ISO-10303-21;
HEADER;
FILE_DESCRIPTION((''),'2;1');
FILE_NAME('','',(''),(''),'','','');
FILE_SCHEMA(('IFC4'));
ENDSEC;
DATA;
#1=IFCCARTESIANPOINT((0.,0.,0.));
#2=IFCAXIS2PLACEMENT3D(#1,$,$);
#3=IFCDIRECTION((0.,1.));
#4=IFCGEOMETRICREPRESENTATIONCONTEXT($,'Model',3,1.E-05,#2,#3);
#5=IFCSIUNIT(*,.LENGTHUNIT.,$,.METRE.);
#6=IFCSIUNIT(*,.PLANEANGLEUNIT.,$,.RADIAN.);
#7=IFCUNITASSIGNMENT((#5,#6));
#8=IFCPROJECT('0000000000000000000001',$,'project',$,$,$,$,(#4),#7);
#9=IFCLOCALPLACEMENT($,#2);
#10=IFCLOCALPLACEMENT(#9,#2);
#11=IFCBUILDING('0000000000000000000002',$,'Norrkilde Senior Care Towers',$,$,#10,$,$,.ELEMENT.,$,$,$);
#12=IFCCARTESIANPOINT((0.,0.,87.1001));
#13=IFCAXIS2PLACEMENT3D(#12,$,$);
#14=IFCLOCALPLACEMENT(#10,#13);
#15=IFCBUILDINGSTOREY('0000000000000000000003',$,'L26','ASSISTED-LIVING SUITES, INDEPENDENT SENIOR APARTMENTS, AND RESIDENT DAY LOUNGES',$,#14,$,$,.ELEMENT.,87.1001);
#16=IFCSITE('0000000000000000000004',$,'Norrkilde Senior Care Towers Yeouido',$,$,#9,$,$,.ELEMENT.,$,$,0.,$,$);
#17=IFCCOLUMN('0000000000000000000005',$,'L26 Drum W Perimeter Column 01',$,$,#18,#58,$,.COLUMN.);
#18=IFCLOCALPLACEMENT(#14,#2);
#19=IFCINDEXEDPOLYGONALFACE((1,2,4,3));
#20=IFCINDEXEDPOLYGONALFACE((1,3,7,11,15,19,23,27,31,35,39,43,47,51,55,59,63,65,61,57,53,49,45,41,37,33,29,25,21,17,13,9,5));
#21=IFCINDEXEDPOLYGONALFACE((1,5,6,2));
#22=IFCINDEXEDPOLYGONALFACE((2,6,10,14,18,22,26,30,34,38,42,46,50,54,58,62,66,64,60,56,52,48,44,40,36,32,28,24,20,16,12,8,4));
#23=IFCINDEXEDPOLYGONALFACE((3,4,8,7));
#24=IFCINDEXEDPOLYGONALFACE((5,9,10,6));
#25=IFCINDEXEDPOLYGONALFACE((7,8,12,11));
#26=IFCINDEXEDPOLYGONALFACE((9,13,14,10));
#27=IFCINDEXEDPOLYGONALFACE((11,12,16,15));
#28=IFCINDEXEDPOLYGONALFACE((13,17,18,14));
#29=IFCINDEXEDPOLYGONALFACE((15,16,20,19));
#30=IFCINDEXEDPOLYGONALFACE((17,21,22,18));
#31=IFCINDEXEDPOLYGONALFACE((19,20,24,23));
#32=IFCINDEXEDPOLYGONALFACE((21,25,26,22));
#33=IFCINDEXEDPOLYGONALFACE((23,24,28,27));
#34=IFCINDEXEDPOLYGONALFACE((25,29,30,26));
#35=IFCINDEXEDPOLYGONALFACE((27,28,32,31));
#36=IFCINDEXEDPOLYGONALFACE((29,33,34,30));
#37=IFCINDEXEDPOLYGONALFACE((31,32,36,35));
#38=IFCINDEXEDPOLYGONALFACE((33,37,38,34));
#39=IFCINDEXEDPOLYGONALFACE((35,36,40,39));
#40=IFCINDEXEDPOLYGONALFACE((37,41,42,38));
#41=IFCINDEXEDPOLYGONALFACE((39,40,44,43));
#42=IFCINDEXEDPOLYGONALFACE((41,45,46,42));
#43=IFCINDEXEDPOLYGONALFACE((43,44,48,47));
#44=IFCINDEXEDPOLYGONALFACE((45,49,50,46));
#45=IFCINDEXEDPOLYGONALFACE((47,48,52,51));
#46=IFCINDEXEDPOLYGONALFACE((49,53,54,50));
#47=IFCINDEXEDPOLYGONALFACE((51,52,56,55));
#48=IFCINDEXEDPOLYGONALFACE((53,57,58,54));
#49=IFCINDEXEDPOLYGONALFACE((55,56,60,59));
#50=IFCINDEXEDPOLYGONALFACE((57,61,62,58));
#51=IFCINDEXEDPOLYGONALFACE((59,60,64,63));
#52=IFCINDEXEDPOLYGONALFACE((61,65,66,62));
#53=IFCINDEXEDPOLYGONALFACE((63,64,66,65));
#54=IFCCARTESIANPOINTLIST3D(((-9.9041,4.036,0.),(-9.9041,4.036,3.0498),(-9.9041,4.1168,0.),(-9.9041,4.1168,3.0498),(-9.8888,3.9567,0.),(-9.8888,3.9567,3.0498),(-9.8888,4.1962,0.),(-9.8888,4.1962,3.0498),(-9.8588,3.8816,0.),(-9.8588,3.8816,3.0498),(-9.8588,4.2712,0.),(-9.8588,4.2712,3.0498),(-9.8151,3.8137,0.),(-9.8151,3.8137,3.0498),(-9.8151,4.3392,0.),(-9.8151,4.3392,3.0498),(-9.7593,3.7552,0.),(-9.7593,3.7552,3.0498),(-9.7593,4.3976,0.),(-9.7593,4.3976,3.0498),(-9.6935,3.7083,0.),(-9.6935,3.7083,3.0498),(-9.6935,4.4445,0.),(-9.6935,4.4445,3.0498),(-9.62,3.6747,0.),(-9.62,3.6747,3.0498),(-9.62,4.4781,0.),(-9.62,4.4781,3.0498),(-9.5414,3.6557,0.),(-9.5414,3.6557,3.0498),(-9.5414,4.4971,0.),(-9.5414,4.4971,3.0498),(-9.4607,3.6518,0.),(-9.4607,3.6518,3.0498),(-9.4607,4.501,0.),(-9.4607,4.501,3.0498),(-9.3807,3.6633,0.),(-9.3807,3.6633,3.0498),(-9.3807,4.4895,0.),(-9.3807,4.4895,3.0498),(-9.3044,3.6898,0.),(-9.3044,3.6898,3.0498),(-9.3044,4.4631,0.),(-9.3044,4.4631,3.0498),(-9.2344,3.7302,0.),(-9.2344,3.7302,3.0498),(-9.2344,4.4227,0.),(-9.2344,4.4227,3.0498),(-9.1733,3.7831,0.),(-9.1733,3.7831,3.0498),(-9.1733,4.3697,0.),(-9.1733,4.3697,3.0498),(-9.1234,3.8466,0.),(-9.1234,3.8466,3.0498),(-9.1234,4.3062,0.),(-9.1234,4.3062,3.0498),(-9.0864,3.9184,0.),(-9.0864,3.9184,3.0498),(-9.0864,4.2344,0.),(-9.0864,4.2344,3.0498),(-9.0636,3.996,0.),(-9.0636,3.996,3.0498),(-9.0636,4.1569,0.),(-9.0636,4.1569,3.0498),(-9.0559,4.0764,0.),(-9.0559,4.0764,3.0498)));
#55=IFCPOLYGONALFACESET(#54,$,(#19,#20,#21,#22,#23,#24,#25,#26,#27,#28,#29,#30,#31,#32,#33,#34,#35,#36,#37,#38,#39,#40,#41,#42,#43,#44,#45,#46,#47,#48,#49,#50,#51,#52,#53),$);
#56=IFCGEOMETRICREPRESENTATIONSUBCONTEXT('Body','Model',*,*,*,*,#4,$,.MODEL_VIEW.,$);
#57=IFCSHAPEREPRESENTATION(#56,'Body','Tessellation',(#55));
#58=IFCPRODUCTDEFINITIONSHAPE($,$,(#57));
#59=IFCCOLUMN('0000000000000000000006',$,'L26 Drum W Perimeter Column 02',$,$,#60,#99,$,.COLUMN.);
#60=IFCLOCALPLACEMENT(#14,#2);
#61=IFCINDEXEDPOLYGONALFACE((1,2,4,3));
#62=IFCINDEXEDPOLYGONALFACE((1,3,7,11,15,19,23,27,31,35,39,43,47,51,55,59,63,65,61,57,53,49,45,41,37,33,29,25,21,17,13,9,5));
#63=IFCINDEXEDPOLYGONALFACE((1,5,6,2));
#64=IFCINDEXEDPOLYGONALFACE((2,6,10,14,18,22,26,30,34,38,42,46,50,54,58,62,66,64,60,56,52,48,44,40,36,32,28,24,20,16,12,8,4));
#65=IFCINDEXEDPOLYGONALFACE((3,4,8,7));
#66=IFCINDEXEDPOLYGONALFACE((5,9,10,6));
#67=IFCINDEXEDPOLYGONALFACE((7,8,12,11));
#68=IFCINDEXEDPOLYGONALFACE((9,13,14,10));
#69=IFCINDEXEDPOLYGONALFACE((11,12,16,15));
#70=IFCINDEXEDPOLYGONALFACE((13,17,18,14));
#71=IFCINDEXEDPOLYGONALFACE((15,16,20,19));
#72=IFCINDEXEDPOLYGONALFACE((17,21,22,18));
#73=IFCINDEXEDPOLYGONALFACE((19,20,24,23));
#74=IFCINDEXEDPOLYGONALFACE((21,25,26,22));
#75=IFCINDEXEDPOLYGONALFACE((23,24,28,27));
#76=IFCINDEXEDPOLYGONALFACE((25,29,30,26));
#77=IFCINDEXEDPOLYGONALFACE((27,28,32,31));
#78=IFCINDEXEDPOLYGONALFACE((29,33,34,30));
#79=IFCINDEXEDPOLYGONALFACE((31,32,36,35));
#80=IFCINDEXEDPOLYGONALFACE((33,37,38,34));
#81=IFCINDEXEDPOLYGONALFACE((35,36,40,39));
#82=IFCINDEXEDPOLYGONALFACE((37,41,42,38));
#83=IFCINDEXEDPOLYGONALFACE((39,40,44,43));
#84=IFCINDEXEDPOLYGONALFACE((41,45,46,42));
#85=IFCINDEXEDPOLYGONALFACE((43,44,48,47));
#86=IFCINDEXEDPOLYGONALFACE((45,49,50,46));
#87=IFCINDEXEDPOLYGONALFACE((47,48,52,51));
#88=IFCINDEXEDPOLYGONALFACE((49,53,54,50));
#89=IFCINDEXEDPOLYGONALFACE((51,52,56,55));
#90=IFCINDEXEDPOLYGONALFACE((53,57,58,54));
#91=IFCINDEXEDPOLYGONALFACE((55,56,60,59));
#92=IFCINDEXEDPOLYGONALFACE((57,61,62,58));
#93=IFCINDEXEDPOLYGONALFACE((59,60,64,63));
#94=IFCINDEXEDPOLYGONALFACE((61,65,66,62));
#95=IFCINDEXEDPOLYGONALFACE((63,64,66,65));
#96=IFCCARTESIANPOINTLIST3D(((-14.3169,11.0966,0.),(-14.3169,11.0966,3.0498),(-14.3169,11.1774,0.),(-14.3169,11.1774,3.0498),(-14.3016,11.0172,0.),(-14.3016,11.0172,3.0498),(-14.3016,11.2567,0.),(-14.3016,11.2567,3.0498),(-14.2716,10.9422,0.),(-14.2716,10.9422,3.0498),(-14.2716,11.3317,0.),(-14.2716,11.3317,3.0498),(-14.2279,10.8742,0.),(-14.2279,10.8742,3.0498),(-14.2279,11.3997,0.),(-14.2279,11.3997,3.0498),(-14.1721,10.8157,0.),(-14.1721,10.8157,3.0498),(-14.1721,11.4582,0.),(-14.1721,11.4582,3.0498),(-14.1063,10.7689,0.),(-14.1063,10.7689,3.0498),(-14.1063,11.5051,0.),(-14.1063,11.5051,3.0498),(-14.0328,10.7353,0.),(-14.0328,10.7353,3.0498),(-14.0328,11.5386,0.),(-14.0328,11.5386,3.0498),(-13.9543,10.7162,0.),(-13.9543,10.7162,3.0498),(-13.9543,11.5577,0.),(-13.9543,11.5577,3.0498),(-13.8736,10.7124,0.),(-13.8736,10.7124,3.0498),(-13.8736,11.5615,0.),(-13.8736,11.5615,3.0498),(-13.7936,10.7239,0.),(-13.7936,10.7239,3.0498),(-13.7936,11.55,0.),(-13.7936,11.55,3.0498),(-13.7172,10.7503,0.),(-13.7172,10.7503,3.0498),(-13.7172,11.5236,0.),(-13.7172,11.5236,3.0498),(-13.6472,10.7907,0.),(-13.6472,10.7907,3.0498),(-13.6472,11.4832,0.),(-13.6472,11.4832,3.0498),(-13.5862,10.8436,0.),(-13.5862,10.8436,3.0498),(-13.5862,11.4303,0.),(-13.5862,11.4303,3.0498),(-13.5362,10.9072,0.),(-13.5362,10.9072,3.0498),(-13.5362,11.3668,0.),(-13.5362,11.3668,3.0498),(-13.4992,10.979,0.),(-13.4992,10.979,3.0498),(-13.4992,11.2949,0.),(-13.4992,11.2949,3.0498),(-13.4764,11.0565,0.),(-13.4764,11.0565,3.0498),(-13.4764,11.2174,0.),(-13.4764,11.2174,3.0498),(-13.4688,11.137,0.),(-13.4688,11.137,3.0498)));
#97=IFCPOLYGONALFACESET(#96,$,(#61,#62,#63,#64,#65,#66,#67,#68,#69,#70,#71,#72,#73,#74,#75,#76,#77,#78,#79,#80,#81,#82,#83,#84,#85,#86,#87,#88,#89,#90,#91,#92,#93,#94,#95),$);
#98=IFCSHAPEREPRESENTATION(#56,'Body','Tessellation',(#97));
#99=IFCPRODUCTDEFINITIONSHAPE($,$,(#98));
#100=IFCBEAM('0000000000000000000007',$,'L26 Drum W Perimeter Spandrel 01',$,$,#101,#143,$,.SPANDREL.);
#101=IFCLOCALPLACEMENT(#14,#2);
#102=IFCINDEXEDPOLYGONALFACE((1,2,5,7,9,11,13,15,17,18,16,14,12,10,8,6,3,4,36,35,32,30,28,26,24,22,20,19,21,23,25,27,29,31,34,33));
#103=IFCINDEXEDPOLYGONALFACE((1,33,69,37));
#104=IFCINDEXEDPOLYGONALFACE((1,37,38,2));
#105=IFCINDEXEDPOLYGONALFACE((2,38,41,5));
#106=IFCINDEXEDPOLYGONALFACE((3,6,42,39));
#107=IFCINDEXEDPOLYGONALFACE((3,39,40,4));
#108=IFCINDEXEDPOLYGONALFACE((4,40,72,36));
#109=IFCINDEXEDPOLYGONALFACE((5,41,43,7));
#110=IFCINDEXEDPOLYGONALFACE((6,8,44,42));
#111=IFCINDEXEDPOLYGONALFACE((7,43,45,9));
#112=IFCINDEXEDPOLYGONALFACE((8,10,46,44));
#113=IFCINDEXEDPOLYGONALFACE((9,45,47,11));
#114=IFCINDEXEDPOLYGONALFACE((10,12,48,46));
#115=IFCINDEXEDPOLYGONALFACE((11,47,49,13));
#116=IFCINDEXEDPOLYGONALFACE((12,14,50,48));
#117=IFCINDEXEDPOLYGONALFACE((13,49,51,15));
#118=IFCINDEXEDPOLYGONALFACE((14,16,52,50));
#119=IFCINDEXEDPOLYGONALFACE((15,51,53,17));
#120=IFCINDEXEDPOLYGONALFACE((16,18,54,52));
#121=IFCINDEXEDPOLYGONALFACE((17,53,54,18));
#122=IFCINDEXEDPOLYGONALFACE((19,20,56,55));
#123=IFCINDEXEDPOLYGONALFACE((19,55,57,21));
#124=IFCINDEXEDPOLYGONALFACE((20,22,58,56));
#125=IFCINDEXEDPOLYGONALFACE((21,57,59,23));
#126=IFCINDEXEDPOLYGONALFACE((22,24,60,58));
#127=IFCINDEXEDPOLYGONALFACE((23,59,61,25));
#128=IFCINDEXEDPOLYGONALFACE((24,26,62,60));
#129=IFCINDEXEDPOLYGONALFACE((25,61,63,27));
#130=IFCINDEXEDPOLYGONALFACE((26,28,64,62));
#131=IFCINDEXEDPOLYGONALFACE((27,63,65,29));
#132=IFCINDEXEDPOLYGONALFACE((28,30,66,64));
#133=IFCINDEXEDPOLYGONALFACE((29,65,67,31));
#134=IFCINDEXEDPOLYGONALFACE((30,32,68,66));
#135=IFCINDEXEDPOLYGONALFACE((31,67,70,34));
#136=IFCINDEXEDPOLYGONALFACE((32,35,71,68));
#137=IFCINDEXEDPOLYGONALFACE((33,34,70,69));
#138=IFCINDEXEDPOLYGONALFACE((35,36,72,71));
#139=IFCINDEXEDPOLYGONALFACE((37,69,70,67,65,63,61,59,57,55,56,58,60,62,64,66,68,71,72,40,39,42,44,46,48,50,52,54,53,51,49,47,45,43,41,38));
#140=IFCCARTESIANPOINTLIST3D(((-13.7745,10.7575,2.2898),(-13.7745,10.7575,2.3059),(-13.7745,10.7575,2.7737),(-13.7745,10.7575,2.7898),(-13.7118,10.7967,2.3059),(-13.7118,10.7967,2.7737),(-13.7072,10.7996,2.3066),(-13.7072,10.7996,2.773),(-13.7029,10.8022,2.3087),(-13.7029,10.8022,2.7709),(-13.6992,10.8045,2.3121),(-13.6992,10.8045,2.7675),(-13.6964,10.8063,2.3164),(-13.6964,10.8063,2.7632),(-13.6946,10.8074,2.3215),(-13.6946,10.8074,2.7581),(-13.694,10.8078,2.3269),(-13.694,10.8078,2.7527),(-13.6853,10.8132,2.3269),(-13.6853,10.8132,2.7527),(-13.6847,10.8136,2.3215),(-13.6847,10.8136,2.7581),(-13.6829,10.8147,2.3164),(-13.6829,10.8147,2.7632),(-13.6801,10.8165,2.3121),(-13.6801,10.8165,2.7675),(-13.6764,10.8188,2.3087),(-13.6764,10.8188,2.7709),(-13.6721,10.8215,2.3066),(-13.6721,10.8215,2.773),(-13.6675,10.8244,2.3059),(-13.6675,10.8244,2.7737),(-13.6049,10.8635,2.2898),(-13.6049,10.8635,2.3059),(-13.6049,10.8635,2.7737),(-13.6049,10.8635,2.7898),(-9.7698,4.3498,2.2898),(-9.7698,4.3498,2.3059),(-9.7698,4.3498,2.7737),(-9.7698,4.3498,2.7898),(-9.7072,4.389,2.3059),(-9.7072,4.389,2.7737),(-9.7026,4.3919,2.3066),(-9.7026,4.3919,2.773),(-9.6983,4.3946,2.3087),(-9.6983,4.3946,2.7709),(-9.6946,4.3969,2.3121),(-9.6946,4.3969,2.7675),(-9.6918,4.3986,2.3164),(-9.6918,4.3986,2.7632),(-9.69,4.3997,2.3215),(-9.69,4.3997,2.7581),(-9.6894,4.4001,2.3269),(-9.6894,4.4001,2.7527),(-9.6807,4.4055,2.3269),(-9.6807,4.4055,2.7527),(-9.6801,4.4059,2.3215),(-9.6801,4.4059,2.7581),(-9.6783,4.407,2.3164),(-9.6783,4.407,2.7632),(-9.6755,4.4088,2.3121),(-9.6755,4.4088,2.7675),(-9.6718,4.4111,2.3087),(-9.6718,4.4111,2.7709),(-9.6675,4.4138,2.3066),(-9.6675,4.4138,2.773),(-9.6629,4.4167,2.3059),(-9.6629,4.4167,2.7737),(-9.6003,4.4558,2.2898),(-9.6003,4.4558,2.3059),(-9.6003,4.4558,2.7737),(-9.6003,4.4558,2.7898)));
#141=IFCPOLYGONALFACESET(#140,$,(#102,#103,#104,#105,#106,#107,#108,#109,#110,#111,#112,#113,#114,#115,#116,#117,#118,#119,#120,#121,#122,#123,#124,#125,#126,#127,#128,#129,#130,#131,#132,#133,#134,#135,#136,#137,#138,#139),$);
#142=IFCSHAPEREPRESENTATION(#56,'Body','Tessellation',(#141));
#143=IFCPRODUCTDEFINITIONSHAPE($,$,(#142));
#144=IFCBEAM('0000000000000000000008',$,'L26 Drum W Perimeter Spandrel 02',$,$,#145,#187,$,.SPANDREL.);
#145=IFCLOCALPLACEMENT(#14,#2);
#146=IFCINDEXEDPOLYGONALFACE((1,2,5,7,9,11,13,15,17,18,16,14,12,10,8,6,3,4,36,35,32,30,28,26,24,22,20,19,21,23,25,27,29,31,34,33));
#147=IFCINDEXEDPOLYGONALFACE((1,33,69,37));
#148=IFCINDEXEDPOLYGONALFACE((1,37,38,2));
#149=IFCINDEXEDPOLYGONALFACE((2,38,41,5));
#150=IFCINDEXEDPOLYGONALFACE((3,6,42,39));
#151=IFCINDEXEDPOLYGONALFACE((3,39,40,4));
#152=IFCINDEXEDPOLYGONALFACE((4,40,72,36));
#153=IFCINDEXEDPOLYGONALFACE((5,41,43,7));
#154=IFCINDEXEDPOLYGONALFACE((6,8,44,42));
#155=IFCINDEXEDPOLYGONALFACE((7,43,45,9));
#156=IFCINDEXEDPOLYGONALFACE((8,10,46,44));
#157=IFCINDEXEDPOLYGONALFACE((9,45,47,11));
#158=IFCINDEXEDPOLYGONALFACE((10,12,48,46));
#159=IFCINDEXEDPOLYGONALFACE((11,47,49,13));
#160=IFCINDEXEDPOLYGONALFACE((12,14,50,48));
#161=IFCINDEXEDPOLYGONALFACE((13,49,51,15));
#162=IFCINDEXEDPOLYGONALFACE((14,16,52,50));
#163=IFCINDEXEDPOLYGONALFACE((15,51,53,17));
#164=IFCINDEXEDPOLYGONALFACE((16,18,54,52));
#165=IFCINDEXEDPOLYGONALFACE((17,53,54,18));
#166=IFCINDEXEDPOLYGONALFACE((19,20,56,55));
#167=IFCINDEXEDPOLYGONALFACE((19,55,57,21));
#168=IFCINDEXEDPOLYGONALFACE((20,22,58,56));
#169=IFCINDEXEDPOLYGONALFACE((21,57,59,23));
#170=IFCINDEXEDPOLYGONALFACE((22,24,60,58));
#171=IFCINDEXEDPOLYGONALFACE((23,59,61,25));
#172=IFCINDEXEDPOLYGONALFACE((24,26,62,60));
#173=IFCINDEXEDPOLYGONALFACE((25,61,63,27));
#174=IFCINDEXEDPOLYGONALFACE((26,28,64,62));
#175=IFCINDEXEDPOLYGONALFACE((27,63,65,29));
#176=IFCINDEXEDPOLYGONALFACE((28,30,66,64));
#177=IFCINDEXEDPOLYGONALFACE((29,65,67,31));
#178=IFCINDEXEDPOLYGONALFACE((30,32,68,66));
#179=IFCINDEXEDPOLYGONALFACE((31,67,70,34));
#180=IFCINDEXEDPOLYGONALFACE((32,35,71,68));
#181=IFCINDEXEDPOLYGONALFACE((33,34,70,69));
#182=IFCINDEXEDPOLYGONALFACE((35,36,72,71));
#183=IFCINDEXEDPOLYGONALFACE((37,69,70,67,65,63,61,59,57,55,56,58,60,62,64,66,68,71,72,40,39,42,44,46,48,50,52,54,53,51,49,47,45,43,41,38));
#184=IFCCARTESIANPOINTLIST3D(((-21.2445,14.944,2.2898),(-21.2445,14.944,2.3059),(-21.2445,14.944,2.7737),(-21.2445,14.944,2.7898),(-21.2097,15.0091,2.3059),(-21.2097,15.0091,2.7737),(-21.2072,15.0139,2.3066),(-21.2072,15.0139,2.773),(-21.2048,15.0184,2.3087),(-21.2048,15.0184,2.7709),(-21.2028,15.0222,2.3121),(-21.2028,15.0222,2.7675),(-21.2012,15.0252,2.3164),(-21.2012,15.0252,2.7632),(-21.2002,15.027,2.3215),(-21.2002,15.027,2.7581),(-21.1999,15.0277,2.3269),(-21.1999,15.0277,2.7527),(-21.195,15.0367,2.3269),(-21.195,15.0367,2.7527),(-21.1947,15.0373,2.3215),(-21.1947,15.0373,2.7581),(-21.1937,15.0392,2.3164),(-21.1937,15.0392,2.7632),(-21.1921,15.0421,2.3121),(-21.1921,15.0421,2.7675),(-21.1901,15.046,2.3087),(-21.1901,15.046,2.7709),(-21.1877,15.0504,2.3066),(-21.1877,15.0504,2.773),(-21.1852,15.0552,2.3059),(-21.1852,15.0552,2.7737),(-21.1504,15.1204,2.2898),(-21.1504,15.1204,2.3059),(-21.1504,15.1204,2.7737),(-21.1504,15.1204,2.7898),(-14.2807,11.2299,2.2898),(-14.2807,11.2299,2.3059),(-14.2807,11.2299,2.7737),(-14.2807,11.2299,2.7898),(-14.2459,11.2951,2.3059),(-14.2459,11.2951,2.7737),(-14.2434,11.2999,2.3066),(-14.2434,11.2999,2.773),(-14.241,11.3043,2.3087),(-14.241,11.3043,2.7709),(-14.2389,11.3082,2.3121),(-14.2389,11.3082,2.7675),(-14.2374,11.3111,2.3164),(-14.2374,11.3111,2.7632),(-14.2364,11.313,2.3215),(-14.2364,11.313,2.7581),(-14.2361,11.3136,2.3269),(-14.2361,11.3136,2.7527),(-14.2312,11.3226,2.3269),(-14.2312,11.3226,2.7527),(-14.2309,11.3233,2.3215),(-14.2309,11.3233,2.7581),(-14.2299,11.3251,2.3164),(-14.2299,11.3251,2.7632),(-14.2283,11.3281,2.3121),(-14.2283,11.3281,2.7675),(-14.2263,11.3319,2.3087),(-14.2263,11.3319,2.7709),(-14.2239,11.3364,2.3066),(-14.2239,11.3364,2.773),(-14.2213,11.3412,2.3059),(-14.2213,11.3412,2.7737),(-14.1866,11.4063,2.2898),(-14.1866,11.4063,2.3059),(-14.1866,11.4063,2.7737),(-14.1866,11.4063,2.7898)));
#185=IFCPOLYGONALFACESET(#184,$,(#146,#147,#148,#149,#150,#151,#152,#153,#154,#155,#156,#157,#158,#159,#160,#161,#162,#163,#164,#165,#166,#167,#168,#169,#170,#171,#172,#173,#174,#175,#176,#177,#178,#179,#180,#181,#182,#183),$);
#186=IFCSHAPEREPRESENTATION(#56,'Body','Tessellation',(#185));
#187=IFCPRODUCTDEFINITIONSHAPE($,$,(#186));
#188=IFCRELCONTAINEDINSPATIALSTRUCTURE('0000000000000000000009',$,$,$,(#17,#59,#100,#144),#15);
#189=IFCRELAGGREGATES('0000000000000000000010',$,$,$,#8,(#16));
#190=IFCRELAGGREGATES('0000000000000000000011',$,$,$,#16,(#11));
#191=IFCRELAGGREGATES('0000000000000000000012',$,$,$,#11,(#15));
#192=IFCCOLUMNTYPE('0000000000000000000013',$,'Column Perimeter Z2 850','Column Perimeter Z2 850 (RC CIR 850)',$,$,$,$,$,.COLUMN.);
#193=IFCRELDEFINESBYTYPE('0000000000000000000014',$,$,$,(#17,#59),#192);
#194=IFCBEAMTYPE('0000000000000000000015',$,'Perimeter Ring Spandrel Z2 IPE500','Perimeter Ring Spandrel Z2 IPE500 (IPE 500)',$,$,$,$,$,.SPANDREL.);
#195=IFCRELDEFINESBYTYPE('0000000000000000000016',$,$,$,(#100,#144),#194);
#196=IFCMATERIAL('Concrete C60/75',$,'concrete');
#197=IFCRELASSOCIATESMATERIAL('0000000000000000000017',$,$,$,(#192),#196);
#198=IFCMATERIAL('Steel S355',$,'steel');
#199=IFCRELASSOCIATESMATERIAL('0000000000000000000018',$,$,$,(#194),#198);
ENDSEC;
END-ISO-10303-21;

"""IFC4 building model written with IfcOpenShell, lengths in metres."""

from ifc_helpers import new_model, si_unit, direction, frame, origin, origin_2d, place, context, subcontext, project, spatial, circle, i_section, extrude, source, transform, mapped, material, material_profile, profile_set, type_object, type_shapes, element, save


model = new_model("IFC4")

# Units and contexts
model_context = context("Model", 3, precision=1e-05, world=origin(), true_north=direction((0.0, 1.0)))
body_context = subcontext(model_context, "Body", "Model", "MODEL_VIEW")
ifc_project = project(units=[si_unit("LENGTHUNIT", "METRE"), si_unit("PLANEANGLEUNIT", "RADIAN")], contexts=[model_context])

# Site, building, storey
site_placement = place(None, origin())
site = spatial("IfcSite", under=ifc_project, at=site_placement, Name="Norrkilde Senior Care Towers Yeouido", CompositionType="ELEMENT", RefElevation=0.0)
building_placement = place(site_placement, origin())
building = spatial("IfcBuilding", under=site, at=building_placement, Name="Norrkilde Senior Care Towers", CompositionType="ELEMENT")
storey_placement = place(building_placement, frame((0.0, 0.0, 87.1001)))
storey = spatial("IfcBuildingStorey", under=building, at=storey_placement, Name="L26", Description="ASSISTED-LIVING SUITES, INDEPENDENT SENIOR APARTMENTS, AND RESIDENT DAY LOUNGES", CompositionType="ELEMENT", Elevation=87.1001)

# Columns
ifc_material_1 = material(Name="Concrete C60/75", Category="concrete")
ifc_material_profile_1 = material_profile(ifc_material_1, circle(Radius=0.425, at=origin_2d()), Name="RC CIR 850")
ifc_profile_set_1 = profile_set([ifc_material_profile_1], Name="Concrete C60/75")
column_type = type_object("IfcColumnType", Name="Column Perimeter Z2 850", Description="Column Perimeter Z2 850 (RC CIR 850)", PredefinedType="COLUMN", material=ifc_profile_set_1)
shared_shape_1 = source(origin(), body_context, "Body", "SweptSolid", [
    extrude(circle(Radius=0.425, at=origin_2d()), origin(), (0.0, 0.0, 1.0), 3.0498),
])
type_shapes(column_type, [shared_shape_1])
for number, where, z_axis, x_axis, name in (
    (1, (-9.481, 4.0764, 0.0), (0.0, 0.0, 1.0), (1.0, 0.0, 0.0), "L26 Drum W Perimeter Column 01"),
    (2, (-13.8938, 11.137, 0.0), (0.0, 0.0, 1.0), (1.0, 0.0, 0.0), "L26 Drum W Perimeter Column 02"),
):
    element("IfcColumn", number, at=place(storey_placement, frame(where, z_axis=z_axis, x_axis=x_axis)), inside=storey, type_object=column_type, Name=name, PredefinedType="COLUMN", context=body_context, shape_type="MappedRepresentation", body=[
        mapped(shared_shape_1, transform((0.0, 0.0, 0.0), x_axis=(1.0, 0.0, 0.0), y_axis=(0.0, 1.0, 0.0), z_axis=(0.0, 0.0, 1.0), scale=1.0)),
    ])

# Beams
ifc_material_2 = material(Name="Steel S355", Category="steel")
ifc_material_profile_2 = material_profile(ifc_material_2, i_section(OverallWidth=0.2, OverallDepth=0.5, WebThickness=0.0103, FlangeThickness=0.0161, FilletRadius=0.021, at=origin_2d()), Name="IPE 500")
ifc_profile_set_2 = profile_set([ifc_material_profile_2], Name="Steel S355")
beam_type_1 = type_object("IfcBeamType", Name="Perimeter Ring Spandrel Z2 IPE500", Description="Perimeter Ring Spandrel Z2 IPE500 (IPE 500)", PredefinedType="SPANDREL", material=ifc_profile_set_2)
shared_shape_2 = source(origin(), body_context, "Body", "SweptSolid", [
    extrude(i_section(OverallWidth=0.2, OverallDepth=0.5, WebThickness=0.0103, FlangeThickness=0.0161, FilletRadius=0.021, at=origin_2d()), origin(), (0.0, 0.0, 1.0), 7.5562),
])
beam_1_placement = place(storey_placement, frame((-9.6851, 4.4028, 2.5398), z_axis=(-0.529982, 0.848009, 0.0), x_axis=(-0.848009, -0.529982, 0.0)))
element("IfcBeam", 3, at=beam_1_placement, inside=storey, type_object=beam_type_1, Name="L26 Drum W Perimeter Spandrel 01", PredefinedType="SPANDREL", context=body_context, shape_type="MappedRepresentation", body=[
    mapped(shared_shape_2, transform((0.0, 0.0, 0.0), x_axis=(1.0, 0.0, 0.0), y_axis=(0.0, 1.0, 0.0), z_axis=(0.0, 0.0, 1.0), scale=1.0)),
])
shared_shape_3 = source(origin(), body_context, "Body", "SweptSolid", [
    extrude(i_section(OverallWidth=0.2, OverallDepth=0.5, WebThickness=0.0103, FlangeThickness=0.0161, FilletRadius=0.021, at=origin_2d()), origin(), (0.0, 0.0, 1.0), 7.8923),
])
type_shapes(beam_type_1, [shared_shape_2, shared_shape_3])
beam_2_placement = place(storey_placement, frame((-14.2336, 11.3181, 2.5398), z_axis=(-0.88235, 0.470593, 0.0), x_axis=(-0.470593, -0.88235, 0.0)))
element("IfcBeam", 4, at=beam_2_placement, inside=storey, type_object=beam_type_1, Name="L26 Drum W Perimeter Spandrel 02", PredefinedType="SPANDREL", context=body_context, shape_type="MappedRepresentation", body=[
    mapped(shared_shape_3, transform((0.0, 0.0, 0.0), x_axis=(1.0, 0.0, 0.0), y_axis=(0.0, 1.0, 0.0), z_axis=(0.0, 0.0, 1.0), scale=1.0)),
])

save(model, "model.ifc")
